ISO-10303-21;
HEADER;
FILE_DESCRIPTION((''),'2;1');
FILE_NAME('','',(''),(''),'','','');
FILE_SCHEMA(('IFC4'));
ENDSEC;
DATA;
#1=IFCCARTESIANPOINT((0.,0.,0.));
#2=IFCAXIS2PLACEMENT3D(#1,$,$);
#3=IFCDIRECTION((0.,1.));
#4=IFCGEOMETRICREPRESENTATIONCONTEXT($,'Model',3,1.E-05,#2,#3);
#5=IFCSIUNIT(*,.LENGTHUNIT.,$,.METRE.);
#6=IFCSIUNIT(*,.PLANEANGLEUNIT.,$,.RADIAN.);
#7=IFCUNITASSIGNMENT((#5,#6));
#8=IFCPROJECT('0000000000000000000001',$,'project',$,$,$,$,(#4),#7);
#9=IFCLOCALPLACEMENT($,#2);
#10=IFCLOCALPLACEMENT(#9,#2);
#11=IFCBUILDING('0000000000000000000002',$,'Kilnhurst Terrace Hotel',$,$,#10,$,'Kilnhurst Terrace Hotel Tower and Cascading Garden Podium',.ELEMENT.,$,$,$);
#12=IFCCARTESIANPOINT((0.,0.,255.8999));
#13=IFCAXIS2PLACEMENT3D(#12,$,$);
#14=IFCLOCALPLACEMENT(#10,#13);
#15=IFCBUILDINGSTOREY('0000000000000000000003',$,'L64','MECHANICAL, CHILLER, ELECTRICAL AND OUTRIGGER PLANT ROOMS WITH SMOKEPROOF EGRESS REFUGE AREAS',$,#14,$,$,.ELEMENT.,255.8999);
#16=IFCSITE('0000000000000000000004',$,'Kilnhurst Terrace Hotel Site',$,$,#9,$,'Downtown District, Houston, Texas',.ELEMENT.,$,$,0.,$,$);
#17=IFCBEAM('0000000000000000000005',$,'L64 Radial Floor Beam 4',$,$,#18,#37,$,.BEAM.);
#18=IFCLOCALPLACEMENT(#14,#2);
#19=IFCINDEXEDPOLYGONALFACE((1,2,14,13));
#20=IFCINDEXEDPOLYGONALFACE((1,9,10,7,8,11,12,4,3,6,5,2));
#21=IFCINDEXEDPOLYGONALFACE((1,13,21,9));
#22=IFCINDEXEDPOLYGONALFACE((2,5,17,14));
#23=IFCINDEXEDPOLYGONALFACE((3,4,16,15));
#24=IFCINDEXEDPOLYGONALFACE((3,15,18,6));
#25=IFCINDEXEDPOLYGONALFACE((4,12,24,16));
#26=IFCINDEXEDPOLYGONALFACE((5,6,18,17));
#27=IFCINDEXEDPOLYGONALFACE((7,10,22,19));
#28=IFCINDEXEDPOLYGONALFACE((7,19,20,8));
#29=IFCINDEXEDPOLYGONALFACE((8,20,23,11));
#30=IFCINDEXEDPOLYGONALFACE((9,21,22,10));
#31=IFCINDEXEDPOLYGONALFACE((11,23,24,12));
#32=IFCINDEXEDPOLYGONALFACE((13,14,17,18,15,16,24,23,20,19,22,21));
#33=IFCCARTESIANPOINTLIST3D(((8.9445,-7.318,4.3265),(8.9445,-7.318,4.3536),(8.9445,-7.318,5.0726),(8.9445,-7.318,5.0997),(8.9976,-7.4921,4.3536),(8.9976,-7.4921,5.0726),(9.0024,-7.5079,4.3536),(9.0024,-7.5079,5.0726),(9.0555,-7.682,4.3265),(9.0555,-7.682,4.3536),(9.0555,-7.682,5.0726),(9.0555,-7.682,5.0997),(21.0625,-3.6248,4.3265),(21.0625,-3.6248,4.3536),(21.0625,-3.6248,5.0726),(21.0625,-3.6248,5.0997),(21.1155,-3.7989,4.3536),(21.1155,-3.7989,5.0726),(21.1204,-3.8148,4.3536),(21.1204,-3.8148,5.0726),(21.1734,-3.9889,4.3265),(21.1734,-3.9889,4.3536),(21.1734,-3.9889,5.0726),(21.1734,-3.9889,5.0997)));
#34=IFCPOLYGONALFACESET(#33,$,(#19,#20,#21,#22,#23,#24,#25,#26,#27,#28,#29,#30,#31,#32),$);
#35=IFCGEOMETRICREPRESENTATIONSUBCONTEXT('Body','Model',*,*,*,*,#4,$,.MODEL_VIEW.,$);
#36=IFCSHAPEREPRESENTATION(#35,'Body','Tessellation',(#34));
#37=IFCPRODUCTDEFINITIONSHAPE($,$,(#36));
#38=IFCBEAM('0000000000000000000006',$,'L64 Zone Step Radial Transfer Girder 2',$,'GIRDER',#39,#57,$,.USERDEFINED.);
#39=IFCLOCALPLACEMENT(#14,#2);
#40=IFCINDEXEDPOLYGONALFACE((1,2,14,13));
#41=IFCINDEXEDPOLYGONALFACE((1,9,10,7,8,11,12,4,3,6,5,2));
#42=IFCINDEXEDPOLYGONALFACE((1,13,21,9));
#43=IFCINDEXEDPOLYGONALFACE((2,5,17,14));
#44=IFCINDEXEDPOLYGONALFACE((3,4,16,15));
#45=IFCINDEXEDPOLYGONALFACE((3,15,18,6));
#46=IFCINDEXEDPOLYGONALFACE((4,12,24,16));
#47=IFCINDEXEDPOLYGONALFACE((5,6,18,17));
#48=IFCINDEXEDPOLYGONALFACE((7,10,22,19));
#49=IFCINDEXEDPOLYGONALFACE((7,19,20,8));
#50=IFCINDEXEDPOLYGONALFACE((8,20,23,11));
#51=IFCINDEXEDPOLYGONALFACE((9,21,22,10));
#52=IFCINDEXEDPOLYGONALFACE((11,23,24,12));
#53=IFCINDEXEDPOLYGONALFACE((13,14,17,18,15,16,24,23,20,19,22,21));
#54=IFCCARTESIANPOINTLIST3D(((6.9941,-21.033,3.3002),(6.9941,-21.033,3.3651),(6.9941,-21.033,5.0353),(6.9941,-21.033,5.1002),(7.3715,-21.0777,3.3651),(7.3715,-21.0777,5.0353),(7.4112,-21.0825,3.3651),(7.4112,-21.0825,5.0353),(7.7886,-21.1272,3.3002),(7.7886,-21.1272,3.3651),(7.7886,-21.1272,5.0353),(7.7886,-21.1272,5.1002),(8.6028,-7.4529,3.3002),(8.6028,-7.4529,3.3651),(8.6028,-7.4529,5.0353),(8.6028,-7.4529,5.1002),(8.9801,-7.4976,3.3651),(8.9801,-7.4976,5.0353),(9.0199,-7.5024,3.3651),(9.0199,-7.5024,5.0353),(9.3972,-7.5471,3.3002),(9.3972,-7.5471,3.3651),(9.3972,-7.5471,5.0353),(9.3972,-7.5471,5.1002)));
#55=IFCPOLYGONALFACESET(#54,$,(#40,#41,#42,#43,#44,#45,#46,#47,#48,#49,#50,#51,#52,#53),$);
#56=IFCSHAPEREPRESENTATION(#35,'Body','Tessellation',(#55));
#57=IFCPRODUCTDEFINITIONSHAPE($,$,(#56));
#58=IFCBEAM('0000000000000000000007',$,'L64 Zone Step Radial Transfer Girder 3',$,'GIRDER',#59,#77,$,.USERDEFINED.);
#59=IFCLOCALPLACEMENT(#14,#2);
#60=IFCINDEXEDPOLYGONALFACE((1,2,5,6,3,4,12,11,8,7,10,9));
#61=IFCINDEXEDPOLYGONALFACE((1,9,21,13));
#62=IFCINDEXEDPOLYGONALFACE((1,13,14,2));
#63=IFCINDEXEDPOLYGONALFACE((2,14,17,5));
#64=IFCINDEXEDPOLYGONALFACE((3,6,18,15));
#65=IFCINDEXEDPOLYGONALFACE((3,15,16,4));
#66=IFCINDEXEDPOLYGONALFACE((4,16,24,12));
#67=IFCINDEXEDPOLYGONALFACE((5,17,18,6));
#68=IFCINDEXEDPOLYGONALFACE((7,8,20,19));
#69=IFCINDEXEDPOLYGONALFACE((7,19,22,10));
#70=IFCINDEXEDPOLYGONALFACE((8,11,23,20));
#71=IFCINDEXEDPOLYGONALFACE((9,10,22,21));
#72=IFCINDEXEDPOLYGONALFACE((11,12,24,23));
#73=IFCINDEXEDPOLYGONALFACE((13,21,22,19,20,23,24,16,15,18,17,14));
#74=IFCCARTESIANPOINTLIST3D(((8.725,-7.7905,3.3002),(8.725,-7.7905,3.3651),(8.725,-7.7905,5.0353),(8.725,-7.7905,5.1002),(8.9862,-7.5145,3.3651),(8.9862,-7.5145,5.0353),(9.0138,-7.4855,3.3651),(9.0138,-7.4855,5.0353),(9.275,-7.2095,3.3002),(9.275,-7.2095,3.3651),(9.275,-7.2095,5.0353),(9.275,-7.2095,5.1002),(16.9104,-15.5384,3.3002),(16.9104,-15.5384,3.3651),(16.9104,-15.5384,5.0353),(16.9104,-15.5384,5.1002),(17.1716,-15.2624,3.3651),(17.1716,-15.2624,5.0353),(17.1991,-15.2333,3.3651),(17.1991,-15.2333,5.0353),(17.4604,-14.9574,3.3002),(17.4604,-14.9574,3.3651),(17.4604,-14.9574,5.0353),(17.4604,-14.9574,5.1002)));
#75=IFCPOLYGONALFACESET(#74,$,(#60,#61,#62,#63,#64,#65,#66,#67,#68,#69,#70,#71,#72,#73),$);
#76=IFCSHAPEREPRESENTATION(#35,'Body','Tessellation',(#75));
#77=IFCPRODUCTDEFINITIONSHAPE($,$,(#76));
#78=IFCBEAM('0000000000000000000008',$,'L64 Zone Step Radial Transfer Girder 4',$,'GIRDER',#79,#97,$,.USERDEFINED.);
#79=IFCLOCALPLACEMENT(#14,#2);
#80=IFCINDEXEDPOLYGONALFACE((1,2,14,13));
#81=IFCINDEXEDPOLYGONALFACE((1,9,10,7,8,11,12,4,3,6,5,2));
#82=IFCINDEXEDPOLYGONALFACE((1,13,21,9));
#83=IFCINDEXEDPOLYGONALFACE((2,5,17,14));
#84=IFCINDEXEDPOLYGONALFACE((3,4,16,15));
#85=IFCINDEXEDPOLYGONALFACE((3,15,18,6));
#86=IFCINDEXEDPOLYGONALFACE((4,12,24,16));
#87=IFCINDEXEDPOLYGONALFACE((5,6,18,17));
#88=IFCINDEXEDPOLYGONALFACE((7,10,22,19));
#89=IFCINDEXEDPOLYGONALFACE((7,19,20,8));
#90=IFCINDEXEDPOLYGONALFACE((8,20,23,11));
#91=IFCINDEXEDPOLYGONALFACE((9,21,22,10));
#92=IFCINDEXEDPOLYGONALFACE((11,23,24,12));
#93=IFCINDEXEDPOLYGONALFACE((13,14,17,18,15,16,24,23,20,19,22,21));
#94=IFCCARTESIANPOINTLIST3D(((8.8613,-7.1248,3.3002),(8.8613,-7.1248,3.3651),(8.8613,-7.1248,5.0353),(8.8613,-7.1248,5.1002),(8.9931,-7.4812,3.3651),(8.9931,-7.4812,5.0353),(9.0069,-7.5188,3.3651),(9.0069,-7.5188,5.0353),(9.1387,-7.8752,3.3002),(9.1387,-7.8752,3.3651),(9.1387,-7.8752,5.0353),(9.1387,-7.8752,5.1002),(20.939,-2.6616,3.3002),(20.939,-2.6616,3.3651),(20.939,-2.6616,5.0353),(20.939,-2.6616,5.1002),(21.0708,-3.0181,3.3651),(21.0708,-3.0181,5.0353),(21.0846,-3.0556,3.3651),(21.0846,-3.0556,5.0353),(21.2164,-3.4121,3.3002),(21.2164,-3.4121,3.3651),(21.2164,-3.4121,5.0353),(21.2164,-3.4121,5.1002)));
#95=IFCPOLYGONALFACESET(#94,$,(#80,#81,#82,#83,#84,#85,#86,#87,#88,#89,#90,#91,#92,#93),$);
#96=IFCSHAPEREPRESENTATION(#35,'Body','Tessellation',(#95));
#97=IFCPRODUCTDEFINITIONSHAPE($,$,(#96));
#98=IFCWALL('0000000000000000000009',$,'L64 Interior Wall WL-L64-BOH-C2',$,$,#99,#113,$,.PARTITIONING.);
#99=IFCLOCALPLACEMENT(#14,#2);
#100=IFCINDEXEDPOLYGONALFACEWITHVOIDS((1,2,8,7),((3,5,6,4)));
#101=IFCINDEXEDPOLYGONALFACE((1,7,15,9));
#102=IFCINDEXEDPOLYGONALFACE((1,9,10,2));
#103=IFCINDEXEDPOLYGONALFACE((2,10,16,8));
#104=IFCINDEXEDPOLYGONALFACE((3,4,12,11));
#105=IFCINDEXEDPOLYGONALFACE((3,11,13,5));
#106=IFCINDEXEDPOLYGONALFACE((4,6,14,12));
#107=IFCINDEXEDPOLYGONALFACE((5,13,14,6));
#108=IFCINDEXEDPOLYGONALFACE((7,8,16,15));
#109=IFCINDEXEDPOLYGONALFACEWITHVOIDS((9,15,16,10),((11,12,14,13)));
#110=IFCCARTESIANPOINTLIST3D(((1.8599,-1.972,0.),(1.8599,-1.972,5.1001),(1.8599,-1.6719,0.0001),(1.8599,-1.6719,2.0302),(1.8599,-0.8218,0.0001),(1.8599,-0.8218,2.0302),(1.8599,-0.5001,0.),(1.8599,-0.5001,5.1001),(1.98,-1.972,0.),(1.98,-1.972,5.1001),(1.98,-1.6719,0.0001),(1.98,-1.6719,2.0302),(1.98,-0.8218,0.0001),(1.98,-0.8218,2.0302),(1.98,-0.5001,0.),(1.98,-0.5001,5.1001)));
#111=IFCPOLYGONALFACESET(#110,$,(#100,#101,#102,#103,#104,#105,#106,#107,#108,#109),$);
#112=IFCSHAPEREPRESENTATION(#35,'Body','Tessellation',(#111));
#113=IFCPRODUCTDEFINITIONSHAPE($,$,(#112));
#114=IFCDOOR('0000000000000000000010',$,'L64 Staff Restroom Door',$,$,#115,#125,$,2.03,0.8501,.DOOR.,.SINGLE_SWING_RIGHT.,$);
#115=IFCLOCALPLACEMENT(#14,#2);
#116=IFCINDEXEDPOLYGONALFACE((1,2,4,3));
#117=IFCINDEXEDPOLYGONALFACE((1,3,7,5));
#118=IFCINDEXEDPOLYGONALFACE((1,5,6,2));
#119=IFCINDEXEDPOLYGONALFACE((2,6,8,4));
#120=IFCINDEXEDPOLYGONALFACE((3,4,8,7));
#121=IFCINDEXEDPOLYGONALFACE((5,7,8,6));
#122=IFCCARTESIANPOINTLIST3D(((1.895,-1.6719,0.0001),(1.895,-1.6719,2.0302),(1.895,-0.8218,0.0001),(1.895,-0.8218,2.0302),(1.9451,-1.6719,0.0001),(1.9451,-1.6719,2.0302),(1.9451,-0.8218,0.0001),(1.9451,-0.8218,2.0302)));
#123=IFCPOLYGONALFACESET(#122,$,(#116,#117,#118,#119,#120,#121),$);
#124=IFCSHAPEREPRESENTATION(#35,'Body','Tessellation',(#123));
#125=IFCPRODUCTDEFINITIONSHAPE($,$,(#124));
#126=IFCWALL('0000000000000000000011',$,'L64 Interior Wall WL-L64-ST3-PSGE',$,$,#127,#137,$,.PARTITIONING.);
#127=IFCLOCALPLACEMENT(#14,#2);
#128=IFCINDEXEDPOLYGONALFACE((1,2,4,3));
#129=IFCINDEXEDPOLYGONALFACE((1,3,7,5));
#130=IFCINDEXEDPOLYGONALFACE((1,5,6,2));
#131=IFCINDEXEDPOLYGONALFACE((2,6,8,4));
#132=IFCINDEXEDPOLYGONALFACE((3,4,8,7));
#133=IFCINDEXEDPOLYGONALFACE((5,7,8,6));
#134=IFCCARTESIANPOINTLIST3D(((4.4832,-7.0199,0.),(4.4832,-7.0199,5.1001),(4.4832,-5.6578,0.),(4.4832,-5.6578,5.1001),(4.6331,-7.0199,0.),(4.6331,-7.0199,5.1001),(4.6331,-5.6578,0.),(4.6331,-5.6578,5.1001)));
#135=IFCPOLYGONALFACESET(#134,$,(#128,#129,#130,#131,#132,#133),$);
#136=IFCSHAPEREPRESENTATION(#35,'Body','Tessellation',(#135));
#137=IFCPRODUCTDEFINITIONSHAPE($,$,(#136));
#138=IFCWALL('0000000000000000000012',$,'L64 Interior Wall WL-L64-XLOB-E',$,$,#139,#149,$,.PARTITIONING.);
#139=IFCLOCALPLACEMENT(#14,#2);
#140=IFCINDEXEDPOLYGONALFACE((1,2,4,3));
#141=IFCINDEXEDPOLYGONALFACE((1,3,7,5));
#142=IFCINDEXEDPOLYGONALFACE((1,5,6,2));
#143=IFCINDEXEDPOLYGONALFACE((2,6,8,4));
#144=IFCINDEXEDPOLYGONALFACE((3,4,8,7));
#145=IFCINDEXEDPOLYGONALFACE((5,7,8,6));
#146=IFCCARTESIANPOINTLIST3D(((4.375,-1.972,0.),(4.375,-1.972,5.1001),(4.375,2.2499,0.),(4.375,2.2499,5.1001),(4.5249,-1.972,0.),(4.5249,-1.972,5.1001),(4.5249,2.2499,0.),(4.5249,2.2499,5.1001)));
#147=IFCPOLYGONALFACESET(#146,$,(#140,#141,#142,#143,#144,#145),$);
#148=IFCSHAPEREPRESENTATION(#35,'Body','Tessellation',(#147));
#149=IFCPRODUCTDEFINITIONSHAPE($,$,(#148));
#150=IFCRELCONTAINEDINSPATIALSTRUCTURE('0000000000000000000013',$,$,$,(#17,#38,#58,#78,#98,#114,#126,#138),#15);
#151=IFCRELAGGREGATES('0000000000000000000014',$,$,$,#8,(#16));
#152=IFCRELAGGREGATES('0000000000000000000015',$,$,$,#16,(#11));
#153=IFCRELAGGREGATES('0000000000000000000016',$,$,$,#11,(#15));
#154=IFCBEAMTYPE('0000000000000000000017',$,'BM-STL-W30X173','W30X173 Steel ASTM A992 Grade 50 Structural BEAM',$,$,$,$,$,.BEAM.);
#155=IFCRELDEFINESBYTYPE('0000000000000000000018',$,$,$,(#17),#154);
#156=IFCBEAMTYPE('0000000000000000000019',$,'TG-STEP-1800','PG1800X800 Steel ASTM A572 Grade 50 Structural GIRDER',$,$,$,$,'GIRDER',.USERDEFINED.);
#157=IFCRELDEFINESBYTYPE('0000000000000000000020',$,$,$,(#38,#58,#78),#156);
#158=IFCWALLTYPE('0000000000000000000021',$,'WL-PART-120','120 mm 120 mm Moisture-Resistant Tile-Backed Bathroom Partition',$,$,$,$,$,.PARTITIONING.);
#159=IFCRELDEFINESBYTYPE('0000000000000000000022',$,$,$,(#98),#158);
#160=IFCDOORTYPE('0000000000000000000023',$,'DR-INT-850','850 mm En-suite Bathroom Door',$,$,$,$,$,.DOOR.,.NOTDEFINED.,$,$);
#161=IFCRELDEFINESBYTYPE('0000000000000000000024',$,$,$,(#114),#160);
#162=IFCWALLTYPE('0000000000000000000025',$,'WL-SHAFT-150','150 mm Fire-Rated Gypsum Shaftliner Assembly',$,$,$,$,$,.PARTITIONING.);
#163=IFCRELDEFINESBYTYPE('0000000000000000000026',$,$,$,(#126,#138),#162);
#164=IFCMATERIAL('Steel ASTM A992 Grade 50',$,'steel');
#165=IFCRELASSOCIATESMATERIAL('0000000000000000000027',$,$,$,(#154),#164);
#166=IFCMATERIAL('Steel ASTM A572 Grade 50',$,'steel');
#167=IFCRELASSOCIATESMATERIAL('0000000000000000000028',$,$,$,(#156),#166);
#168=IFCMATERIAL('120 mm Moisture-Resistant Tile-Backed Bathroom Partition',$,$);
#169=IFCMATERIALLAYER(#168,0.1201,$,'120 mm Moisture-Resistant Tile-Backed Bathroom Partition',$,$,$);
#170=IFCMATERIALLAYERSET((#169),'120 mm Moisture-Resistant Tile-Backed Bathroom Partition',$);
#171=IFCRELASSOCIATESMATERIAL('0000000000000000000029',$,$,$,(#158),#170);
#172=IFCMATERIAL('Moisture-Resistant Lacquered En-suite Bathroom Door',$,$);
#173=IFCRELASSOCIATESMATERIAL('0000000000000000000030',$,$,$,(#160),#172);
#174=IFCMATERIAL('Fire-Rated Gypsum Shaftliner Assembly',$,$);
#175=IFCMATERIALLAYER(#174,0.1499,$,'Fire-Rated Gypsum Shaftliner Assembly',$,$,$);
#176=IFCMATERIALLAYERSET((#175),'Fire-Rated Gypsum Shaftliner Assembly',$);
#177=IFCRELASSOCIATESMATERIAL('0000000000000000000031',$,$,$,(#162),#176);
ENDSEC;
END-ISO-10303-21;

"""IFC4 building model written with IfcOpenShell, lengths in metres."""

from ifc_helpers import new_model, si_unit, direction, frame, frame_2d, origin, origin_2d, place, context, subcontext, project, spatial, rectangle, i_section, extrude, material, layer, layer_set, material_profile, profile_set, type_object, element, fill, save


model = new_model("IFC4")

# Units and contexts
model_context = context("Model", 3, precision=1e-05, world=origin(), true_north=direction((0.0, 1.0)))
body_context = subcontext(model_context, "Body", "Model", "MODEL_VIEW")
ifc_project = project(units=[si_unit("LENGTHUNIT", "METRE"), si_unit("PLANEANGLEUNIT", "RADIAN")], contexts=[model_context])

# Site, building, storey
site_placement = place(None, origin())
site = spatial("IfcSite", under=ifc_project, at=site_placement, Name="Kilnhurst Terrace Hotel Site", LongName="Downtown District, Houston, Texas", CompositionType="ELEMENT", RefElevation=0.0)
building_placement = place(site_placement, origin())
building = spatial("IfcBuilding", under=site, at=building_placement, Name="Kilnhurst Terrace Hotel", LongName="Kilnhurst Terrace Hotel Tower and Cascading Garden Podium", CompositionType="ELEMENT")
storey_placement = place(building_placement, frame((0.0, 0.0, 255.8999)))
storey = spatial("IfcBuildingStorey", under=building, at=storey_placement, Name="L64", Description="MECHANICAL, CHILLER, ELECTRICAL AND OUTRIGGER PLANT ROOMS WITH SMOKEPROOF EGRESS REFUGE AREAS", CompositionType="ELEMENT", Elevation=255.8999)

# Beams
ifc_material_1 = material(Name="Steel ASTM A992 Grade 50", Category="steel")
ifc_material_profile_1 = material_profile(ifc_material_1, i_section(OverallWidth=0.3806, OverallDepth=0.7732, WebThickness=0.0166, FlangeThickness=0.0271, at=origin_2d()), Name="W30X173")
ifc_profile_set_1 = profile_set([ifc_material_profile_1], Name="Steel ASTM A992 Grade 50")
beam_type_1 = type_object("IfcBeamType", Name="BM-STL-W30X173", Description="W30X173 Steel ASTM A992 Grade 50 Structural BEAM", PredefinedType="BEAM", material=ifc_profile_set_1)
beam_1_placement = place(storey_placement, frame((9.0, -7.5, 4.7131), z_axis=(0.956563, 0.291527, 0.0), x_axis=(-0.291527, 0.956563, 0.0)))
element("IfcBeam", 1, at=beam_1_placement, inside=storey, type_object=beam_type_1, Name="L64 Radial Floor Beam 4", PredefinedType="BEAM", context=body_context, shape_type="SweptSolid", body=[
    extrude(i_section(OverallWidth=0.3806, OverallDepth=0.7732, WebThickness=0.0166, FlangeThickness=0.0271, at=origin_2d()), origin(), (0.0, 0.0, 1.0), 12.6682),
])
ifc_material_2 = material(Name="Steel ASTM A572 Grade 50", Category="steel")
ifc_material_profile_2 = material_profile(ifc_material_2, i_section(OverallWidth=0.8, OverallDepth=1.8, WebThickness=0.04, FlangeThickness=0.0649, at=origin_2d()), Name="PG1800X800")
ifc_profile_set_2 = profile_set([ifc_material_profile_2], Name="Steel ASTM A572 Grade 50")
beam_type_2 = type_object("IfcBeamType", Name="TG-STEP-1800", Description="PG1800X800 Steel ASTM A572 Grade 50 Structural GIRDER", ElementType="GIRDER", PredefinedType="USERDEFINED", material=ifc_profile_set_2)
beam_2_placement = place(storey_placement, frame((9.0, -7.5, 4.2002), z_axis=(-0.117634, -0.993057, 0.0), x_axis=(0.993057, -0.117634, 0.0)))
element("IfcBeam", 2, at=beam_2_placement, inside=storey, type_object=beam_type_2, Name="L64 Zone Step Radial Transfer Girder 2", ObjectType="GIRDER", PredefinedType="USERDEFINED", context=body_context, shape_type="SweptSolid", body=[
    extrude(i_section(OverallWidth=0.8, OverallDepth=1.8, WebThickness=0.04, FlangeThickness=0.0649, at=origin_2d()), origin(), (0.0, 0.0, 1.0), 13.675),
])
beam_3_placement = place(storey_placement, frame((9.0, -7.5, 4.2002), z_axis=(0.726249, -0.687432, 0.0), x_axis=(0.687432, 0.726249, 0.0)))
element("IfcBeam", 3, at=beam_3_placement, inside=storey, type_object=beam_type_2, Name="L64 Zone Step Radial Transfer Girder 3", ObjectType="GIRDER", PredefinedType="USERDEFINED", context=body_context, shape_type="SweptSolid", body=[
    extrude(i_section(OverallWidth=0.8, OverallDepth=1.8, WebThickness=0.04, FlangeThickness=0.0649, at=origin_2d()), origin(), (0.0, 0.0, 1.0), 11.2708),
])
beam_4_placement = place(storey_placement, frame((9.0, -7.5, 4.2002), z_axis=(0.938003, 0.346627, 0.0), x_axis=(-0.346627, 0.938003, 0.0)))
element("IfcBeam", 4, at=beam_4_placement, inside=storey, type_object=beam_type_2, Name="L64 Zone Step Radial Transfer Girder 4", ObjectType="GIRDER", PredefinedType="USERDEFINED", context=body_context, shape_type="SweptSolid", body=[
    extrude(i_section(OverallWidth=0.8, OverallDepth=1.8, WebThickness=0.04, FlangeThickness=0.0649, at=origin_2d()), origin(), (0.0, 0.0, 1.0), 12.876),
])

# Wall, opening, door
ifc_material_3 = material(Name="120 mm Moisture-Resistant Tile-Backed Bathroom Partition")
ifc_layer_1 = layer(ifc_material_3, 0.1201, Name="120 mm Moisture-Resistant Tile-Backed Bathroom Partition")
ifc_layer_set_1 = layer_set([ifc_layer_1], Name="120 mm Moisture-Resistant Tile-Backed Bathroom Partition")
wall_type_1 = type_object("IfcWallType", Name="WL-PART-120", Description="120 mm 120 mm Moisture-Resistant Tile-Backed Bathroom Partition", PredefinedType="PARTITIONING", material=ifc_layer_set_1)
wall_1_placement = place(storey_placement, frame((1.9199, -1.9719, 0.0), z_axis=(0.0, 0.0, 1.0), x_axis=(0.0, 1.0, 0.0)))
wall_1 = element("IfcWall", 5, at=wall_1_placement, inside=storey, type_object=wall_type_1, Name="L64 Interior Wall WL-L64-BOH-C2", PredefinedType="PARTITIONING", context=body_context, shape_type="SweptSolid", body=[
    extrude(rectangle(XDim=1.4719, YDim=0.1201, at=frame_2d((0.7358, 0.0))), origin(), (0.0, 0.0, 1.0), 5.1001),
])
opening_1_placement = place(wall_1_placement, frame((0.3, 0.0, 0.0)))
opening_1 = element("IfcOpeningElement", 6, at=opening_1_placement, cuts=wall_1, PredefinedType="OPENING", context=body_context, shape_type="SweptSolid", body=[
    extrude(rectangle(XDim=0.8501, YDim=2.03, at=frame_2d((0.425, 1.0151))), frame((0.0, 0.0701, 0.0), z_axis=(0.0, -1.0, 0.0), x_axis=(1.0, 0.0, 0.0)), (0.0, 0.0, 1.0), 0.1401),
])
ifc_material_4 = material(Name="Moisture-Resistant Lacquered En-suite Bathroom Door")
door_type_1 = type_object("IfcDoorType", Name="DR-INT-850", Description="850 mm En-suite Bathroom Door", OperationType="NOTDEFINED", PredefinedType="DOOR", material=ifc_material_4)
door_1_placement = place(opening_1_placement, origin())
door_1 = element("IfcDoor", 7, at=door_1_placement, inside=storey, type_object=door_type_1, Name="L64 Staff Restroom Door", OperationType="SINGLE_SWING_RIGHT", OverallHeight=2.03, OverallWidth=0.8501, PredefinedType="DOOR", context=body_context, shape_type="SweptSolid", body=[
    extrude(rectangle(XDim=0.8501, YDim=2.03, at=frame_2d((0.425, 1.0151))), frame((0.0, 0.0249, 0.0), z_axis=(0.0, -1.0, 0.0), x_axis=(1.0, 0.0, 0.0)), (0.0, 0.0, 1.0), 0.05),
])
fill(opening_1, door_1)

# Walls
ifc_material_5 = material(Name="Fire-Rated Gypsum Shaftliner Assembly")
ifc_layer_2 = layer(ifc_material_5, 0.1499, Name="Fire-Rated Gypsum Shaftliner Assembly")
ifc_layer_set_2 = layer_set([ifc_layer_2], Name="Fire-Rated Gypsum Shaftliner Assembly")
wall_type_2 = type_object("IfcWallType", Name="WL-SHAFT-150", Description="150 mm Fire-Rated Gypsum Shaftliner Assembly", PredefinedType="PARTITIONING", material=ifc_layer_set_2)
wall_2_placement = place(storey_placement, frame((4.5581, -7.02, 0.0), z_axis=(0.0, 0.0, 1.0), x_axis=(0.0, 1.0, 0.0)))
element("IfcWall", 8, at=wall_2_placement, inside=storey, type_object=wall_type_2, Name="L64 Interior Wall WL-L64-ST3-PSGE", PredefinedType="PARTITIONING", context=body_context, shape_type="SweptSolid", body=[
    extrude(rectangle(XDim=1.3621, YDim=0.1499, at=frame_2d((0.6812, 0.0))), origin(), (0.0, 0.0, 1.0), 5.1001),
])
wall_3_placement = place(storey_placement, frame((4.45, -1.9719, 0.0), z_axis=(0.0, 0.0, 1.0), x_axis=(0.0, 1.0, 0.0)))
element("IfcWall", 9, at=wall_3_placement, inside=storey, type_object=wall_type_2, Name="L64 Interior Wall WL-L64-XLOB-E", PredefinedType="PARTITIONING", context=body_context, shape_type="SweptSolid", body=[
    extrude(rectangle(XDim=4.2219, YDim=0.1499, at=frame_2d((2.1108, 0.0))), origin(), (0.0, 0.0, 1.0), 5.1001),
])

save(model, "model.ifc")
